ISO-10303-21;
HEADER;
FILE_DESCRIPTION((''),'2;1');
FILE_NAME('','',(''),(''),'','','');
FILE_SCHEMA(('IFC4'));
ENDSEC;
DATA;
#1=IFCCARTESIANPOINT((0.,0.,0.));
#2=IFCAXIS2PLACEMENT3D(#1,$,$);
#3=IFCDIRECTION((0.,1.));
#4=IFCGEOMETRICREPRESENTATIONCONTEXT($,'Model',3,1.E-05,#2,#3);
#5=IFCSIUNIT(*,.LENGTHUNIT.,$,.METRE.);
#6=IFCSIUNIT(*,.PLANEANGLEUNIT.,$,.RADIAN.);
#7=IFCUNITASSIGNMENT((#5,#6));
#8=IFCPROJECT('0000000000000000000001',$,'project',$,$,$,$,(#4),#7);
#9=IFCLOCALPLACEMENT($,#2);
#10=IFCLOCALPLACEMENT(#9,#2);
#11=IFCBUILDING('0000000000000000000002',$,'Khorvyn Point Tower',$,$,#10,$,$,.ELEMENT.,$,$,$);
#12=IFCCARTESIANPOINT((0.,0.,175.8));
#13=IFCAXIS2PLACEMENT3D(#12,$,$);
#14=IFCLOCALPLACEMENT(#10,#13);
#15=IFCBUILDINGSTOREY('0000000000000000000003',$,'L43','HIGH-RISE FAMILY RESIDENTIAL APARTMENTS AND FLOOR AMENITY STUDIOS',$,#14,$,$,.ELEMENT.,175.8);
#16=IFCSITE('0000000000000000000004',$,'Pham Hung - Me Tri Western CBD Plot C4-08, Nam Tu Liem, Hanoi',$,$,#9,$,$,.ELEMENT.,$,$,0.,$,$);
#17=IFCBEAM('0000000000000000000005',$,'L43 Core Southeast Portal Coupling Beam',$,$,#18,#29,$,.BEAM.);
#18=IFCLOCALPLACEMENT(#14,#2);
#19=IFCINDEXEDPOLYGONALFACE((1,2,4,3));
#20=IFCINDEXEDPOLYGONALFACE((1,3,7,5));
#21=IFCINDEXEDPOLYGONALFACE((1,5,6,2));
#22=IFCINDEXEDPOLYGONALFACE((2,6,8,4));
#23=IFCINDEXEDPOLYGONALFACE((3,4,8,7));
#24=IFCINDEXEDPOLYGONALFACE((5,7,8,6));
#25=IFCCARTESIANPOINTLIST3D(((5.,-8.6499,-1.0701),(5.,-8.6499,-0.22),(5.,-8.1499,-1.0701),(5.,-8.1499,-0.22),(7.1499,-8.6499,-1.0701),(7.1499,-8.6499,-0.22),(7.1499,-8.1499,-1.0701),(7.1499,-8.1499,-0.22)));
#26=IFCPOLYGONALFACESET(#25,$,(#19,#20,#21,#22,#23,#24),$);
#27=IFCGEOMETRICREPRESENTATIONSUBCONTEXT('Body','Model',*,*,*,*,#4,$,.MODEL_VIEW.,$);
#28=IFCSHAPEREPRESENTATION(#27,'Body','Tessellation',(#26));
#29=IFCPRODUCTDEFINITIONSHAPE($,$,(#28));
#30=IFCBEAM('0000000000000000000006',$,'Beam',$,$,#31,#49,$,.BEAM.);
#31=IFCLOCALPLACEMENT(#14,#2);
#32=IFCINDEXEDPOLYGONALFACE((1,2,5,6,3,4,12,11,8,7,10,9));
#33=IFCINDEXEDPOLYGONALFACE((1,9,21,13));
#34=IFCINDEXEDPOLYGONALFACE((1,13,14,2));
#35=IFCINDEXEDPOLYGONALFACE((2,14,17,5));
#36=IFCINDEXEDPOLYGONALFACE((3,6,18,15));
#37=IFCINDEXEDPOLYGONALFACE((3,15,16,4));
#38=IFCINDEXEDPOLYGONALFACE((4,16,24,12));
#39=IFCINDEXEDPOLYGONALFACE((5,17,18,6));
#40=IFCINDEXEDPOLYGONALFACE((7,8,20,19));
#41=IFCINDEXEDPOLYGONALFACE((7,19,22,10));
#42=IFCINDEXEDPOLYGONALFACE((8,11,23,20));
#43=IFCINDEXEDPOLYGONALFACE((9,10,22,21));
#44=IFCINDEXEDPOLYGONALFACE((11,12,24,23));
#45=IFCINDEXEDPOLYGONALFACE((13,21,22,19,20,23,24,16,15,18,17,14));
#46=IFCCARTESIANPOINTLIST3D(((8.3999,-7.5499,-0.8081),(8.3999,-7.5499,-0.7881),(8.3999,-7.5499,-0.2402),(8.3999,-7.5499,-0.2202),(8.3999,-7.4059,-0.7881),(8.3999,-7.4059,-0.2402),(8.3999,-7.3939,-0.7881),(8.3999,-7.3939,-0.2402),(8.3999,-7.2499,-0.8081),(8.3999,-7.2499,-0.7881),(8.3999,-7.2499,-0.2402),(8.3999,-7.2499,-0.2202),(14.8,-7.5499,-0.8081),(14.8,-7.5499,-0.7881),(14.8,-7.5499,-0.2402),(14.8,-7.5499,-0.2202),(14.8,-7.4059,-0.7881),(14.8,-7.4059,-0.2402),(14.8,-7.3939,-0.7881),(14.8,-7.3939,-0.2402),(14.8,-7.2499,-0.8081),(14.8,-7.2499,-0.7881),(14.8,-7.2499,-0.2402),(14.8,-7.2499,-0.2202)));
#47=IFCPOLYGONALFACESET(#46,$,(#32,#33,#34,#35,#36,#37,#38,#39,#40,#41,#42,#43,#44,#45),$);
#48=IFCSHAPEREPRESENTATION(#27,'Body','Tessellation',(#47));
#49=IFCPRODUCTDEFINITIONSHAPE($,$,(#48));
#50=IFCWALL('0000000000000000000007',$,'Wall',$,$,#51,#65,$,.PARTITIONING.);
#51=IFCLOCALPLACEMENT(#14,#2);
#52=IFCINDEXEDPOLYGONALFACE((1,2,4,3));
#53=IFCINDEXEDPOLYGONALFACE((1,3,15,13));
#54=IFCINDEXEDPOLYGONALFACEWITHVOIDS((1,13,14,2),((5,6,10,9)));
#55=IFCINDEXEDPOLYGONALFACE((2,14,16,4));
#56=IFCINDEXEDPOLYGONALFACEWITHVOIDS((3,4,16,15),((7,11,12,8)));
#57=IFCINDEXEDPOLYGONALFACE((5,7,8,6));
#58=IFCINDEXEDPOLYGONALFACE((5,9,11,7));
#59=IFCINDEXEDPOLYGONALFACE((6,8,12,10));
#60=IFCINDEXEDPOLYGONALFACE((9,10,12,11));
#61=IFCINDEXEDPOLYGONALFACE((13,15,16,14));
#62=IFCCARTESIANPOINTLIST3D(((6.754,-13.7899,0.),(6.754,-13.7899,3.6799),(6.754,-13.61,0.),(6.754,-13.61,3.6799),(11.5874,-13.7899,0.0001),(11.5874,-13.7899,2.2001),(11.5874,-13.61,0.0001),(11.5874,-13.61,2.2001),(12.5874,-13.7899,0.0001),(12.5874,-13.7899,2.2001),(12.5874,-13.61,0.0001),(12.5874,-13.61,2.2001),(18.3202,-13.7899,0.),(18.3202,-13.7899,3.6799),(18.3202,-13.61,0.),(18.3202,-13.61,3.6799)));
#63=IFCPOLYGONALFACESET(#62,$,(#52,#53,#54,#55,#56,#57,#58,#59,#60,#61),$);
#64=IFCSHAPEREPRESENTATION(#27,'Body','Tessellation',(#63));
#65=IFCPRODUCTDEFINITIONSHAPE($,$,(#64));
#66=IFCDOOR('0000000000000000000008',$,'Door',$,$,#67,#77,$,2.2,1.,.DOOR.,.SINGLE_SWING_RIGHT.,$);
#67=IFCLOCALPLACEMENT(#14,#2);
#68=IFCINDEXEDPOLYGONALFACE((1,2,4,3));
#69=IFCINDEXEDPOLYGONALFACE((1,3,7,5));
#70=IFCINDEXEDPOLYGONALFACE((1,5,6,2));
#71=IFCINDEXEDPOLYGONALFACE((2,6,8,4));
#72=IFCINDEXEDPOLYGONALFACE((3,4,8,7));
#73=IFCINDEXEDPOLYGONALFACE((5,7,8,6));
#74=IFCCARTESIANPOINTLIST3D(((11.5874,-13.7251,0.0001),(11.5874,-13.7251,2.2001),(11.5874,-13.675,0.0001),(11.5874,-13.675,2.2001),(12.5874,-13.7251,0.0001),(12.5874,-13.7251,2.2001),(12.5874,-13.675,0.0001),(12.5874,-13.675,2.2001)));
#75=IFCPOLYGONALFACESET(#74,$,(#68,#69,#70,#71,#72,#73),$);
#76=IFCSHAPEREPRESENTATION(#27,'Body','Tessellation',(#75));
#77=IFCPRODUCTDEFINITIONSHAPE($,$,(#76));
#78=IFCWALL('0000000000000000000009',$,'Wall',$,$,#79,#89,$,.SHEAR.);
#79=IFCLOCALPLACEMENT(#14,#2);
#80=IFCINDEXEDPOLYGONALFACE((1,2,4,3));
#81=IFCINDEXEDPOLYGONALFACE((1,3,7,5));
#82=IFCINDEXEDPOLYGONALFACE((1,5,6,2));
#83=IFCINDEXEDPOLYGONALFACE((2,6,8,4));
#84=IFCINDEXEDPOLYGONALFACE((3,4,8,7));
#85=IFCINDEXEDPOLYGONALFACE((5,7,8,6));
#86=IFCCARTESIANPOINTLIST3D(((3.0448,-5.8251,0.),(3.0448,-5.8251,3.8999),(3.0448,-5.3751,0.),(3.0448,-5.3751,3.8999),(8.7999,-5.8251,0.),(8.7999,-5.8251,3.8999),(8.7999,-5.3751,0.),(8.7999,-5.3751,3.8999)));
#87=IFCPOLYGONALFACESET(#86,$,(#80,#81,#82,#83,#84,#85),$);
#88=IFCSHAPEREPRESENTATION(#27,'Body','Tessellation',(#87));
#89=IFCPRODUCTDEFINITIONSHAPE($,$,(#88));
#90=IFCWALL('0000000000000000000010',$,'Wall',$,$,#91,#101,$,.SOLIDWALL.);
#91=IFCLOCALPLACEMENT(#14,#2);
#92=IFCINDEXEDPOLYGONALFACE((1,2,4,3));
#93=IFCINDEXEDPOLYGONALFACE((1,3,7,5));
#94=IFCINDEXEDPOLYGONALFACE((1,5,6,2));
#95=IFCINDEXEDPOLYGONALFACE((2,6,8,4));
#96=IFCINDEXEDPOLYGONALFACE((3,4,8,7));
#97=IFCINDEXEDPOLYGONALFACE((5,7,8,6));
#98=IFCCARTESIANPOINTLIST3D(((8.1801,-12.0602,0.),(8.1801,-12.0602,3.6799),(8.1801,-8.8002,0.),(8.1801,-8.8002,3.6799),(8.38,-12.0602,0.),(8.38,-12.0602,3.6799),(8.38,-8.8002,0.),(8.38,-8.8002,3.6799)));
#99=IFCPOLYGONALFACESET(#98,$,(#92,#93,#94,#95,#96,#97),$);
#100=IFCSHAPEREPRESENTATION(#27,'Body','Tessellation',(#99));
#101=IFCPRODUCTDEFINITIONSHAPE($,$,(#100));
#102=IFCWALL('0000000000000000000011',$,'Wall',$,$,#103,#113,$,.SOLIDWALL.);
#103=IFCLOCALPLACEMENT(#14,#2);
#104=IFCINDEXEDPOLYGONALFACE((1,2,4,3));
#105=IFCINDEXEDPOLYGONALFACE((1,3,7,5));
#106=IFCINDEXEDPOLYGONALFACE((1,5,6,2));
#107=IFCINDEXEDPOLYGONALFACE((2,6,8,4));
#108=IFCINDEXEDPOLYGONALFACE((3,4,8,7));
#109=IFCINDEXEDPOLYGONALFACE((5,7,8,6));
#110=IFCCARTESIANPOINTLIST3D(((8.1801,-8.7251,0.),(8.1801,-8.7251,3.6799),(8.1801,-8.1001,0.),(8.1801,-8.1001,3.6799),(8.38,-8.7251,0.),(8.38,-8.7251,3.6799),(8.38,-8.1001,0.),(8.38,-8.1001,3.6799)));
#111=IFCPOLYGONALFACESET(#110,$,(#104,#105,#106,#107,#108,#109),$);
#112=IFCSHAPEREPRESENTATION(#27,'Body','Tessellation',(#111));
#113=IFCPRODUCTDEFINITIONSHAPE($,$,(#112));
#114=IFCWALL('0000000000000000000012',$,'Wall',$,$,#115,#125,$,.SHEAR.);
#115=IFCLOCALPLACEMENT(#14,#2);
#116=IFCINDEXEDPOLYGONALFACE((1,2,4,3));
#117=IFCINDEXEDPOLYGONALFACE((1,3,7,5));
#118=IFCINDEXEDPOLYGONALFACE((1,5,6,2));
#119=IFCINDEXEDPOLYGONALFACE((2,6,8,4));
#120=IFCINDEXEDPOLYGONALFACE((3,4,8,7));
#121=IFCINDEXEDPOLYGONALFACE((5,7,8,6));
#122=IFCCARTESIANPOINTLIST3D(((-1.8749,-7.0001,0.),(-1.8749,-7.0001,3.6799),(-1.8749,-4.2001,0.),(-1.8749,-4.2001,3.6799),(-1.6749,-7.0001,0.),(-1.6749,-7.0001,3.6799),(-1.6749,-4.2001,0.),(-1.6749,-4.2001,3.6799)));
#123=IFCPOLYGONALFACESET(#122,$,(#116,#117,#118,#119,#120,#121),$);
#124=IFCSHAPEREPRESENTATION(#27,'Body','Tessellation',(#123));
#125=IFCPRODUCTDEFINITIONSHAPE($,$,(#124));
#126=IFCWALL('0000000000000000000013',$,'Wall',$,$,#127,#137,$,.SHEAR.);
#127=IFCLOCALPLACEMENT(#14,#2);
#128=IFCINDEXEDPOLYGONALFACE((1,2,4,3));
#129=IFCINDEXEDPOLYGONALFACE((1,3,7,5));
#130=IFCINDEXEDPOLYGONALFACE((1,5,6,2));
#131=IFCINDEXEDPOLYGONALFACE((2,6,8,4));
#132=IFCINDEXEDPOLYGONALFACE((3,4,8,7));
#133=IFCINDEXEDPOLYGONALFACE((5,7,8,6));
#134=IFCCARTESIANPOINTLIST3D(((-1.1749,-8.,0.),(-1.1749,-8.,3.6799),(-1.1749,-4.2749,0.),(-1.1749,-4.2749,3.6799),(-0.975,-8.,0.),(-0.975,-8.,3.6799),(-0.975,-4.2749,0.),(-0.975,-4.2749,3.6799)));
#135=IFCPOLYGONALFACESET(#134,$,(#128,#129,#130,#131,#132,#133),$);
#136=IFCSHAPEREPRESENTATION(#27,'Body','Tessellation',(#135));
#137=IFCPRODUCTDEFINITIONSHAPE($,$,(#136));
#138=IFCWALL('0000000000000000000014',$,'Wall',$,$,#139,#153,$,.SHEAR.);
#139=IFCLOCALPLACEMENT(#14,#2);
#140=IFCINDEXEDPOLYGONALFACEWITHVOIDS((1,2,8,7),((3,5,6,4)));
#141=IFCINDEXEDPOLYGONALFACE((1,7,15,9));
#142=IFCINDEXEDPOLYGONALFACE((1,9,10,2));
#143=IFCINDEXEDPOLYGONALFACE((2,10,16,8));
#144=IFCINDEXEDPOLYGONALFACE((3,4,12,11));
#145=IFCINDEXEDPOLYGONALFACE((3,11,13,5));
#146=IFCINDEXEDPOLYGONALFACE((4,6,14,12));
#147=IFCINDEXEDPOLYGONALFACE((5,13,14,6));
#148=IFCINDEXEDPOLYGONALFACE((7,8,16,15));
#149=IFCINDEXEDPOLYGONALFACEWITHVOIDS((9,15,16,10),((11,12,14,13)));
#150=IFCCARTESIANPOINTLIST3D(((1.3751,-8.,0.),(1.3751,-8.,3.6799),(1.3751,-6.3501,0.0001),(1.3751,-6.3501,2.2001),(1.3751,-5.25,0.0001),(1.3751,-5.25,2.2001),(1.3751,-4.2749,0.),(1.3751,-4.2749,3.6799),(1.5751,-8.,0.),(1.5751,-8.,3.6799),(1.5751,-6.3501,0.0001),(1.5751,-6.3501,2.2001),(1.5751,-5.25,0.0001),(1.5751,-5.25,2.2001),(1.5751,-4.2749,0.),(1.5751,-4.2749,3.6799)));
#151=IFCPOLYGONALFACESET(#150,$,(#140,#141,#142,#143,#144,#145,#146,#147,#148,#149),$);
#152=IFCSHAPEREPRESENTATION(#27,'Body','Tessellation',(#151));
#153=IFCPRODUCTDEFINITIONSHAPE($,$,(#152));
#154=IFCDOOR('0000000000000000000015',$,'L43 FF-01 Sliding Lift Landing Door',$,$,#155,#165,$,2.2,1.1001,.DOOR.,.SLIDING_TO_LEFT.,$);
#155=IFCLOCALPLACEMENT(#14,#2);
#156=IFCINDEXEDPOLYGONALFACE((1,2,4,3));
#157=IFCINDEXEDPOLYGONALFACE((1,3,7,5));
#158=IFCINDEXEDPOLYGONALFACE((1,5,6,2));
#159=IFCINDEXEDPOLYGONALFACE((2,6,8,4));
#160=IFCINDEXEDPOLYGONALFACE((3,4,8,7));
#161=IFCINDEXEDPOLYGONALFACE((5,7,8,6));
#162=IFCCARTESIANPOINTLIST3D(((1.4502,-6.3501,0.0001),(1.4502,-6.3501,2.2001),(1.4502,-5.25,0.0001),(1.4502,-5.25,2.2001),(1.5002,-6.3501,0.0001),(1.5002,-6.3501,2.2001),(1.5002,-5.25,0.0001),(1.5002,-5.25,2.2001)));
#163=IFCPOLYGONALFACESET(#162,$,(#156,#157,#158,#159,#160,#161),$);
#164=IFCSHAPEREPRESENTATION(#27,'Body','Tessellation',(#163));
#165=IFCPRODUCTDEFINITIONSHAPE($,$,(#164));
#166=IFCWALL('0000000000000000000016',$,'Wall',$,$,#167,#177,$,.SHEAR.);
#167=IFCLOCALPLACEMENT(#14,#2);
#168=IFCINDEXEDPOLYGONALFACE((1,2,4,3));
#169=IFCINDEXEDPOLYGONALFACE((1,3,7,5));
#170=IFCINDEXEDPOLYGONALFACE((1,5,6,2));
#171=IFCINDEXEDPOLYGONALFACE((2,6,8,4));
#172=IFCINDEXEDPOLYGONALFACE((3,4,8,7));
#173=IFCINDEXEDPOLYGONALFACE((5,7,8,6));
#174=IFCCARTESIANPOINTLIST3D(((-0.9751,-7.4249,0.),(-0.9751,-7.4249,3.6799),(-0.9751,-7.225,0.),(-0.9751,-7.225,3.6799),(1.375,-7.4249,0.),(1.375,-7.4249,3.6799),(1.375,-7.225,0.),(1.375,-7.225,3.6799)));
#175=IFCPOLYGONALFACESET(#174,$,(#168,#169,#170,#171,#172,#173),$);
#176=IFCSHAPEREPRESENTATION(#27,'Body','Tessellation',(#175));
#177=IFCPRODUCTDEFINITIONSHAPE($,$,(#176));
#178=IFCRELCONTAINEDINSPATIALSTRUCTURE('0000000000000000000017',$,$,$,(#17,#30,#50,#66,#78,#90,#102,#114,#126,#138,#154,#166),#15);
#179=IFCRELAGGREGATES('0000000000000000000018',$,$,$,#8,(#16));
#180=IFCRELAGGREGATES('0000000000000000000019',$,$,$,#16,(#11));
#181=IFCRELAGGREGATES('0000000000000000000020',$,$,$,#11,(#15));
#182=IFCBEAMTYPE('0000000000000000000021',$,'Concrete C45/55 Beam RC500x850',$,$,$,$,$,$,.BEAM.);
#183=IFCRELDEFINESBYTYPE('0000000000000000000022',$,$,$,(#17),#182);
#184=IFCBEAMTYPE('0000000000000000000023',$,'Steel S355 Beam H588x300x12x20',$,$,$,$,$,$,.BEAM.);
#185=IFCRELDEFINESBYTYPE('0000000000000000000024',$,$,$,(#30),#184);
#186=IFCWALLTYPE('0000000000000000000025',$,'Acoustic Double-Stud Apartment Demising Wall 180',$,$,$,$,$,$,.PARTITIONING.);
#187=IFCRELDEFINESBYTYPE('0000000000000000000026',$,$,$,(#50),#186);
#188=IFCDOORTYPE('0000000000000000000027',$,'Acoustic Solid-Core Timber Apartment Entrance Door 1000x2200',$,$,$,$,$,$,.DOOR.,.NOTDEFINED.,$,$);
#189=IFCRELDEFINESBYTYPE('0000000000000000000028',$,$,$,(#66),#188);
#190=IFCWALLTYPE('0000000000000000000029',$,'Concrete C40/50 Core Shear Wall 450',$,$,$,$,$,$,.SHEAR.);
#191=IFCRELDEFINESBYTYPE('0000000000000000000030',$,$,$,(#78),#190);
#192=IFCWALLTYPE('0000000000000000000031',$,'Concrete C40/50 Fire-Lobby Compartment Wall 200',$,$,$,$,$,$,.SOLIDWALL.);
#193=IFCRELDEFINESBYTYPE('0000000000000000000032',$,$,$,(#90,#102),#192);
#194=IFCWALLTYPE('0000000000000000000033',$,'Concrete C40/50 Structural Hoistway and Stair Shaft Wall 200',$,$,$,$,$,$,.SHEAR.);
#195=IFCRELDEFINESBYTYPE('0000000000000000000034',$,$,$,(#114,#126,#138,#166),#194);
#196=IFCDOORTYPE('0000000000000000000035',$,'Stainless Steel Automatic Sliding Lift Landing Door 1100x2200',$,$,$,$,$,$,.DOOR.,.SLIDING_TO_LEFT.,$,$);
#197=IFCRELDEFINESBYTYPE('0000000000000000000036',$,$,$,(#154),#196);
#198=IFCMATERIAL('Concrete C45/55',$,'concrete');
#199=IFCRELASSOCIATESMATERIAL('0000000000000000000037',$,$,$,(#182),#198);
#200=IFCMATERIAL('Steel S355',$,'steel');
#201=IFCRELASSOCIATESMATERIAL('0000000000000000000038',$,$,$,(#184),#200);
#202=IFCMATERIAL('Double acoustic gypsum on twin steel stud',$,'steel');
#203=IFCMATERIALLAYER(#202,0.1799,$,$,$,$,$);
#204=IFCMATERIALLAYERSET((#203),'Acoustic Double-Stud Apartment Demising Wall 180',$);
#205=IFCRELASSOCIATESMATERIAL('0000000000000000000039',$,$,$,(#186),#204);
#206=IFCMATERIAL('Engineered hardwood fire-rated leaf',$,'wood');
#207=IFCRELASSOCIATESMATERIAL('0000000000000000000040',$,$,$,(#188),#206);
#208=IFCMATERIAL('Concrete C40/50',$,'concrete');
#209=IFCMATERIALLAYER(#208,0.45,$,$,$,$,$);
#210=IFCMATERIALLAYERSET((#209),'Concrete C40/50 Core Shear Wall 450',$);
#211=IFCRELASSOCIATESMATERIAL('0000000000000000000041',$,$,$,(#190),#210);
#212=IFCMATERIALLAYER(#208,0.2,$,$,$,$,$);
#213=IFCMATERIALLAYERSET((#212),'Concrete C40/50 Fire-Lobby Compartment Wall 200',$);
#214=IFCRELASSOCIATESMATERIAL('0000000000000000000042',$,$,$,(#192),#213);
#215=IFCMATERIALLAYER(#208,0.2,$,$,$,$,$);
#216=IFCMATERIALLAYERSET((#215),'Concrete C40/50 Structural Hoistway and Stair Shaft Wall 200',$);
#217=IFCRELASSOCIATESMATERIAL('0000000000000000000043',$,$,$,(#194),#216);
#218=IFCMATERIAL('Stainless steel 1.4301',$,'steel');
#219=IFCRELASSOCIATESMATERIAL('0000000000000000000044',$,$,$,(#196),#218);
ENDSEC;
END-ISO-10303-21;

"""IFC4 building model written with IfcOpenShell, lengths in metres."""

from ifc_helpers import new_model, si_unit, direction, frame, frame_2d, origin, origin_2d, place, context, subcontext, project, spatial, rectangle, i_section, extrude, material, layer, layer_set, material_profile, profile_set, type_object, element, fill, save


model = new_model("IFC4")

# Units and contexts
model_context = context("Model", 3, precision=1e-05, world=origin(), true_north=direction((0.0, 1.0)))
body_context = subcontext(model_context, "Body", "Model", "MODEL_VIEW")
ifc_project = project(units=[si_unit("LENGTHUNIT", "METRE"), si_unit("PLANEANGLEUNIT", "RADIAN")], contexts=[model_context])

# Site, building, storey
site_placement = place(None, origin())
site = spatial("IfcSite", under=ifc_project, at=site_placement, Name="Pham Hung - Me Tri Western CBD Plot C4-08, Nam Tu Liem, Hanoi", CompositionType="ELEMENT", RefElevation=0.0)
building_placement = place(site_placement, origin())
building = spatial("IfcBuilding", under=site, at=building_placement, Name="Khorvyn Point Tower", CompositionType="ELEMENT")
storey_placement = place(building_placement, frame((0.0, 0.0, 175.8)))
storey = spatial("IfcBuildingStorey", under=building, at=storey_placement, Name="L43", Description="HIGH-RISE FAMILY RESIDENTIAL APARTMENTS AND FLOOR AMENITY STUDIOS", CompositionType="ELEMENT", Elevation=175.8)

# Beams
ifc_material_1 = material(Name="Concrete C45/55", Category="concrete")
ifc_material_profile_1 = material_profile(ifc_material_1, rectangle(XDim=0.5, YDim=0.8501, at=origin_2d()))
ifc_profile_set_1 = profile_set([ifc_material_profile_1], Name="Concrete C45/55 RC500x850")
beam_type_1 = type_object("IfcBeamType", Name="Concrete C45/55 Beam RC500x850", PredefinedType="BEAM", material=ifc_profile_set_1)
beam_1_placement = place(storey_placement, frame((5.0, -8.3999, -0.645), z_axis=(1.0, 0.0, 0.0), x_axis=(0.0, 1.0, 0.0)))
element("IfcBeam", 1, at=beam_1_placement, inside=storey, type_object=beam_type_1, Name="L43 Core Southeast Portal Coupling Beam", PredefinedType="BEAM", context=body_context, shape_type="SweptSolid", body=[
    extrude(rectangle(XDim=0.5, YDim=0.8501, at=origin_2d()), origin(), (0.0, 0.0, 1.0), 2.1499),
])
ifc_material_2 = material(Name="Steel S355", Category="steel")
ifc_material_profile_2 = material_profile(ifc_material_2, i_section(OverallWidth=0.3, OverallDepth=0.5879, WebThickness=0.012, FlangeThickness=0.02, at=origin_2d()))
ifc_profile_set_2 = profile_set([ifc_material_profile_2], Name="Steel S355 H588x300x12x20")
beam_type_2 = type_object("IfcBeamType", Name="Steel S355 Beam H588x300x12x20", PredefinedType="BEAM", material=ifc_profile_set_2)
beam_2_placement = place(storey_placement, frame((8.3999, -7.3999, -0.5142), z_axis=(1.0, 0.0, 0.0), x_axis=(0.0, 1.0, 0.0)))
element("IfcBeam", 2, at=beam_2_placement, inside=storey, type_object=beam_type_2, Name="Beam", PredefinedType="BEAM", context=body_context, shape_type="SweptSolid", body=[
    extrude(i_section(OverallWidth=0.3, OverallDepth=0.5879, WebThickness=0.012, FlangeThickness=0.02, at=origin_2d()), origin(), (0.0, 0.0, 1.0), 6.4001),
])

# Wall, opening, door
ifc_material_3 = material(Name="Double acoustic gypsum on twin steel stud", Category="steel")
ifc_layer_1 = layer(ifc_material_3, 0.1799)
ifc_layer_set_1 = layer_set([ifc_layer_1], Name="Acoustic Double-Stud Apartment Demising Wall 180")
wall_type_1 = type_object("IfcWallType", Name="Acoustic Double-Stud Apartment Demising Wall 180", PredefinedType="PARTITIONING", material=ifc_layer_set_1)
wall_1_placement = place(storey_placement, frame((6.7539, -13.7, 0.0), z_axis=(0.0, 0.0, 1.0), x_axis=(1.0, 0.0, 0.0)))
wall_1 = element("IfcWall", 3, at=wall_1_placement, inside=storey, type_object=wall_type_1, Name="Wall", PredefinedType="PARTITIONING", context=body_context, shape_type="SweptSolid", body=[
    extrude(rectangle(XDim=11.5662, YDim=0.1799, at=frame_2d((5.7832, 0.0))), origin(), (0.0, 0.0, 1.0), 3.6799),
])
opening_1_placement = place(wall_1_placement, frame((4.8335, 0.0, 0.0)))
opening_1 = element("IfcOpeningElement", 4, at=opening_1_placement, cuts=wall_1, PredefinedType="OPENING", context=body_context, shape_type="SweptSolid", body=[
    extrude(rectangle(XDim=1.0, YDim=2.2, at=frame_2d((0.5, 1.1001))), frame((0.0, 0.0999, 0.0), z_axis=(0.0, -1.0, 0.0), x_axis=(1.0, 0.0, 0.0)), (0.0, 0.0, 1.0), 0.2),
])
ifc_material_4 = material(Name="Engineered hardwood fire-rated leaf", Category="wood")
door_type_1 = type_object("IfcDoorType", Name="Acoustic Solid-Core Timber Apartment Entrance Door 1000x2200", OperationType="NOTDEFINED", PredefinedType="DOOR", material=ifc_material_4)
door_1_placement = place(opening_1_placement, origin())
door_1 = element("IfcDoor", 5, at=door_1_placement, inside=storey, type_object=door_type_1, Name="Door", OperationType="SINGLE_SWING_RIGHT", OverallHeight=2.2, OverallWidth=1.0, PredefinedType="DOOR", context=body_context, shape_type="SweptSolid", body=[
    extrude(rectangle(XDim=1.0, YDim=2.2, at=frame_2d((0.5, 1.1001))), frame((0.0, 0.0249, 0.0), z_axis=(0.0, -1.0, 0.0), x_axis=(1.0, 0.0, 0.0)), (0.0, 0.0, 1.0), 0.05),
])
fill(opening_1, door_1)

# Wall
ifc_material_5 = material(Name="Concrete C40/50", Category="concrete")
ifc_layer_2 = layer(ifc_material_5, 0.45)
ifc_layer_set_2 = layer_set([ifc_layer_2], Name="Concrete C40/50 Core Shear Wall 450")
wall_type_2 = type_object("IfcWallType", Name="Concrete C40/50 Core Shear Wall 450", PredefinedType="SHEAR", material=ifc_layer_set_2)
wall_2_placement = place(storey_placement, frame((3.0449, -5.6001, 0.0), z_axis=(0.0, 0.0, 1.0), x_axis=(1.0, 0.0, 0.0)))
element("IfcWall", 6, at=wall_2_placement, inside=storey, type_object=wall_type_2, Name="Wall", PredefinedType="SHEAR", context=body_context, shape_type="SweptSolid", body=[
    extrude(rectangle(XDim=5.7551, YDim=0.45, at=frame_2d((2.8774, 0.0))), origin(), (0.0, 0.0, 1.0), 3.8999),
])

# Shared definitions
ifc_layer_3 = layer(ifc_material_5, 0.2)
ifc_layer_set_3 = layer_set([ifc_layer_3], Name="Concrete C40/50 Fire-Lobby Compartment Wall 200")
wall_type_3 = type_object("IfcWallType", Name="Concrete C40/50 Fire-Lobby Compartment Wall 200", PredefinedType="SOLIDWALL", material=ifc_layer_set_3)

# Walls
wall_3_placement = place(storey_placement, frame((8.28, -12.0601, 0.0), z_axis=(0.0, 0.0, 1.0), x_axis=(0.0, 1.0, 0.0)))
element("IfcWall", 7, at=wall_3_placement, inside=storey, type_object=wall_type_3, Name="Wall", PredefinedType="SOLIDWALL", context=body_context, shape_type="SweptSolid", body=[
    extrude(rectangle(XDim=3.26, YDim=0.2, at=frame_2d((1.6299, 0.0))), origin(), (0.0, 0.0, 1.0), 3.6799),
])
wall_4_placement = place(storey_placement, frame((8.28, -8.7251, 0.0), z_axis=(0.0, 0.0, 1.0), x_axis=(0.0, 1.0, 0.0)))
element("IfcWall", 8, at=wall_4_placement, inside=storey, type_object=wall_type_3, Name="Wall", PredefinedType="SOLIDWALL", context=body_context, shape_type="SweptSolid", body=[
    extrude(rectangle(XDim=0.625, YDim=0.2, at=frame_2d((0.3125, 0.0))), origin(), (0.0, 0.0, 1.0), 3.6799),
])

# Walls
ifc_layer_4 = layer(ifc_material_5, 0.2)
ifc_layer_set_4 = layer_set([ifc_layer_4], Name="Concrete C40/50 Structural Hoistway and Stair Shaft Wall 200")
wall_type_4 = type_object("IfcWallType", Name="Concrete C40/50 Structural Hoistway and Stair Shaft Wall 200", PredefinedType="SHEAR", material=ifc_layer_set_4)
wall_5_placement = place(storey_placement, frame((-1.7749, -7.0, 0.0), z_axis=(0.0, 0.0, 1.0), x_axis=(0.0, 1.0, 0.0)))
element("IfcWall", 9, at=wall_5_placement, inside=storey, type_object=wall_type_4, Name="Wall", PredefinedType="SHEAR", context=body_context, shape_type="SweptSolid", body=[
    extrude(rectangle(XDim=2.8, YDim=0.2, at=frame_2d((1.3999, 0.0))), origin(), (0.0, 0.0, 1.0), 3.6799),
])
wall_6_placement = place(storey_placement, frame((-1.075, -8.0, 0.0), z_axis=(0.0, 0.0, 1.0), x_axis=(0.0, 1.0, 0.0)))
element("IfcWall", 10, at=wall_6_placement, inside=storey, type_object=wall_type_4, Name="Wall", PredefinedType="SHEAR", context=body_context, shape_type="SweptSolid", body=[
    extrude(rectangle(XDim=3.7251, YDim=0.2, at=frame_2d((1.8625, 0.0))), origin(), (0.0, 0.0, 1.0), 3.6799),
])

# Wall, opening, door
wall_7_placement = place(storey_placement, frame((1.4751, -8.0, 0.0), z_axis=(0.0, 0.0, 1.0), x_axis=(0.0, 1.0, 0.0)))
wall_7 = element("IfcWall", 11, at=wall_7_placement, inside=storey, type_object=wall_type_4, Name="Wall", PredefinedType="SHEAR", context=body_context, shape_type="SweptSolid", body=[
    extrude(rectangle(XDim=3.7251, YDim=0.2, at=frame_2d((1.8625, 0.0))), origin(), (0.0, 0.0, 1.0), 3.6799),
])
opening_2_placement = place(wall_7_placement, frame((1.6499, 0.0, 0.0)))
opening_2 = element("IfcOpeningElement", 12, at=opening_2_placement, cuts=wall_7, PredefinedType="OPENING", context=body_context, shape_type="SweptSolid", body=[
    extrude(rectangle(XDim=1.1001, YDim=2.2, at=frame_2d((0.55, 1.1001))), frame((0.0, 0.1099, 0.0), z_axis=(0.0, -1.0, 0.0), x_axis=(1.0, 0.0, 0.0)), (0.0, 0.0, 1.0), 0.22),
])
ifc_material_6 = material(Name="Stainless steel 1.4301", Category="steel")
door_type_2 = type_object("IfcDoorType", Name="Stainless Steel Automatic Sliding Lift Landing Door 1100x2200", OperationType="SLIDING_TO_LEFT", PredefinedType="DOOR", material=ifc_material_6)
door_2_placement = place(opening_2_placement, origin())
door_2 = element("IfcDoor", 13, at=door_2_placement, inside=storey, type_object=door_type_2, Name="L43 FF-01 Sliding Lift Landing Door", OperationType="SLIDING_TO_LEFT", OverallHeight=2.2, OverallWidth=1.1001, PredefinedType="DOOR", context=body_context, shape_type="SweptSolid", body=[
    extrude(rectangle(XDim=1.1001, YDim=2.2, at=frame_2d((0.55, 1.1001))), frame((0.0, 0.0249, 0.0), z_axis=(0.0, -1.0, 0.0), x_axis=(1.0, 0.0, 0.0)), (0.0, 0.0, 1.0), 0.05),
])
fill(opening_2, door_2)

# Wall
wall_8_placement = place(storey_placement, frame((-0.9751, -7.325, 0.0), z_axis=(0.0, 0.0, 1.0), x_axis=(1.0, 0.0, 0.0)))
element("IfcWall", 14, at=wall_8_placement, inside=storey, type_object=wall_type_4, Name="Wall", PredefinedType="SHEAR", context=body_context, shape_type="SweptSolid", body=[
    extrude(rectangle(XDim=2.3501, YDim=0.2, at=frame_2d((1.175, 0.0))), origin(), (0.0, 0.0, 1.0), 3.6799),
])

save(model, "model.ifc")
